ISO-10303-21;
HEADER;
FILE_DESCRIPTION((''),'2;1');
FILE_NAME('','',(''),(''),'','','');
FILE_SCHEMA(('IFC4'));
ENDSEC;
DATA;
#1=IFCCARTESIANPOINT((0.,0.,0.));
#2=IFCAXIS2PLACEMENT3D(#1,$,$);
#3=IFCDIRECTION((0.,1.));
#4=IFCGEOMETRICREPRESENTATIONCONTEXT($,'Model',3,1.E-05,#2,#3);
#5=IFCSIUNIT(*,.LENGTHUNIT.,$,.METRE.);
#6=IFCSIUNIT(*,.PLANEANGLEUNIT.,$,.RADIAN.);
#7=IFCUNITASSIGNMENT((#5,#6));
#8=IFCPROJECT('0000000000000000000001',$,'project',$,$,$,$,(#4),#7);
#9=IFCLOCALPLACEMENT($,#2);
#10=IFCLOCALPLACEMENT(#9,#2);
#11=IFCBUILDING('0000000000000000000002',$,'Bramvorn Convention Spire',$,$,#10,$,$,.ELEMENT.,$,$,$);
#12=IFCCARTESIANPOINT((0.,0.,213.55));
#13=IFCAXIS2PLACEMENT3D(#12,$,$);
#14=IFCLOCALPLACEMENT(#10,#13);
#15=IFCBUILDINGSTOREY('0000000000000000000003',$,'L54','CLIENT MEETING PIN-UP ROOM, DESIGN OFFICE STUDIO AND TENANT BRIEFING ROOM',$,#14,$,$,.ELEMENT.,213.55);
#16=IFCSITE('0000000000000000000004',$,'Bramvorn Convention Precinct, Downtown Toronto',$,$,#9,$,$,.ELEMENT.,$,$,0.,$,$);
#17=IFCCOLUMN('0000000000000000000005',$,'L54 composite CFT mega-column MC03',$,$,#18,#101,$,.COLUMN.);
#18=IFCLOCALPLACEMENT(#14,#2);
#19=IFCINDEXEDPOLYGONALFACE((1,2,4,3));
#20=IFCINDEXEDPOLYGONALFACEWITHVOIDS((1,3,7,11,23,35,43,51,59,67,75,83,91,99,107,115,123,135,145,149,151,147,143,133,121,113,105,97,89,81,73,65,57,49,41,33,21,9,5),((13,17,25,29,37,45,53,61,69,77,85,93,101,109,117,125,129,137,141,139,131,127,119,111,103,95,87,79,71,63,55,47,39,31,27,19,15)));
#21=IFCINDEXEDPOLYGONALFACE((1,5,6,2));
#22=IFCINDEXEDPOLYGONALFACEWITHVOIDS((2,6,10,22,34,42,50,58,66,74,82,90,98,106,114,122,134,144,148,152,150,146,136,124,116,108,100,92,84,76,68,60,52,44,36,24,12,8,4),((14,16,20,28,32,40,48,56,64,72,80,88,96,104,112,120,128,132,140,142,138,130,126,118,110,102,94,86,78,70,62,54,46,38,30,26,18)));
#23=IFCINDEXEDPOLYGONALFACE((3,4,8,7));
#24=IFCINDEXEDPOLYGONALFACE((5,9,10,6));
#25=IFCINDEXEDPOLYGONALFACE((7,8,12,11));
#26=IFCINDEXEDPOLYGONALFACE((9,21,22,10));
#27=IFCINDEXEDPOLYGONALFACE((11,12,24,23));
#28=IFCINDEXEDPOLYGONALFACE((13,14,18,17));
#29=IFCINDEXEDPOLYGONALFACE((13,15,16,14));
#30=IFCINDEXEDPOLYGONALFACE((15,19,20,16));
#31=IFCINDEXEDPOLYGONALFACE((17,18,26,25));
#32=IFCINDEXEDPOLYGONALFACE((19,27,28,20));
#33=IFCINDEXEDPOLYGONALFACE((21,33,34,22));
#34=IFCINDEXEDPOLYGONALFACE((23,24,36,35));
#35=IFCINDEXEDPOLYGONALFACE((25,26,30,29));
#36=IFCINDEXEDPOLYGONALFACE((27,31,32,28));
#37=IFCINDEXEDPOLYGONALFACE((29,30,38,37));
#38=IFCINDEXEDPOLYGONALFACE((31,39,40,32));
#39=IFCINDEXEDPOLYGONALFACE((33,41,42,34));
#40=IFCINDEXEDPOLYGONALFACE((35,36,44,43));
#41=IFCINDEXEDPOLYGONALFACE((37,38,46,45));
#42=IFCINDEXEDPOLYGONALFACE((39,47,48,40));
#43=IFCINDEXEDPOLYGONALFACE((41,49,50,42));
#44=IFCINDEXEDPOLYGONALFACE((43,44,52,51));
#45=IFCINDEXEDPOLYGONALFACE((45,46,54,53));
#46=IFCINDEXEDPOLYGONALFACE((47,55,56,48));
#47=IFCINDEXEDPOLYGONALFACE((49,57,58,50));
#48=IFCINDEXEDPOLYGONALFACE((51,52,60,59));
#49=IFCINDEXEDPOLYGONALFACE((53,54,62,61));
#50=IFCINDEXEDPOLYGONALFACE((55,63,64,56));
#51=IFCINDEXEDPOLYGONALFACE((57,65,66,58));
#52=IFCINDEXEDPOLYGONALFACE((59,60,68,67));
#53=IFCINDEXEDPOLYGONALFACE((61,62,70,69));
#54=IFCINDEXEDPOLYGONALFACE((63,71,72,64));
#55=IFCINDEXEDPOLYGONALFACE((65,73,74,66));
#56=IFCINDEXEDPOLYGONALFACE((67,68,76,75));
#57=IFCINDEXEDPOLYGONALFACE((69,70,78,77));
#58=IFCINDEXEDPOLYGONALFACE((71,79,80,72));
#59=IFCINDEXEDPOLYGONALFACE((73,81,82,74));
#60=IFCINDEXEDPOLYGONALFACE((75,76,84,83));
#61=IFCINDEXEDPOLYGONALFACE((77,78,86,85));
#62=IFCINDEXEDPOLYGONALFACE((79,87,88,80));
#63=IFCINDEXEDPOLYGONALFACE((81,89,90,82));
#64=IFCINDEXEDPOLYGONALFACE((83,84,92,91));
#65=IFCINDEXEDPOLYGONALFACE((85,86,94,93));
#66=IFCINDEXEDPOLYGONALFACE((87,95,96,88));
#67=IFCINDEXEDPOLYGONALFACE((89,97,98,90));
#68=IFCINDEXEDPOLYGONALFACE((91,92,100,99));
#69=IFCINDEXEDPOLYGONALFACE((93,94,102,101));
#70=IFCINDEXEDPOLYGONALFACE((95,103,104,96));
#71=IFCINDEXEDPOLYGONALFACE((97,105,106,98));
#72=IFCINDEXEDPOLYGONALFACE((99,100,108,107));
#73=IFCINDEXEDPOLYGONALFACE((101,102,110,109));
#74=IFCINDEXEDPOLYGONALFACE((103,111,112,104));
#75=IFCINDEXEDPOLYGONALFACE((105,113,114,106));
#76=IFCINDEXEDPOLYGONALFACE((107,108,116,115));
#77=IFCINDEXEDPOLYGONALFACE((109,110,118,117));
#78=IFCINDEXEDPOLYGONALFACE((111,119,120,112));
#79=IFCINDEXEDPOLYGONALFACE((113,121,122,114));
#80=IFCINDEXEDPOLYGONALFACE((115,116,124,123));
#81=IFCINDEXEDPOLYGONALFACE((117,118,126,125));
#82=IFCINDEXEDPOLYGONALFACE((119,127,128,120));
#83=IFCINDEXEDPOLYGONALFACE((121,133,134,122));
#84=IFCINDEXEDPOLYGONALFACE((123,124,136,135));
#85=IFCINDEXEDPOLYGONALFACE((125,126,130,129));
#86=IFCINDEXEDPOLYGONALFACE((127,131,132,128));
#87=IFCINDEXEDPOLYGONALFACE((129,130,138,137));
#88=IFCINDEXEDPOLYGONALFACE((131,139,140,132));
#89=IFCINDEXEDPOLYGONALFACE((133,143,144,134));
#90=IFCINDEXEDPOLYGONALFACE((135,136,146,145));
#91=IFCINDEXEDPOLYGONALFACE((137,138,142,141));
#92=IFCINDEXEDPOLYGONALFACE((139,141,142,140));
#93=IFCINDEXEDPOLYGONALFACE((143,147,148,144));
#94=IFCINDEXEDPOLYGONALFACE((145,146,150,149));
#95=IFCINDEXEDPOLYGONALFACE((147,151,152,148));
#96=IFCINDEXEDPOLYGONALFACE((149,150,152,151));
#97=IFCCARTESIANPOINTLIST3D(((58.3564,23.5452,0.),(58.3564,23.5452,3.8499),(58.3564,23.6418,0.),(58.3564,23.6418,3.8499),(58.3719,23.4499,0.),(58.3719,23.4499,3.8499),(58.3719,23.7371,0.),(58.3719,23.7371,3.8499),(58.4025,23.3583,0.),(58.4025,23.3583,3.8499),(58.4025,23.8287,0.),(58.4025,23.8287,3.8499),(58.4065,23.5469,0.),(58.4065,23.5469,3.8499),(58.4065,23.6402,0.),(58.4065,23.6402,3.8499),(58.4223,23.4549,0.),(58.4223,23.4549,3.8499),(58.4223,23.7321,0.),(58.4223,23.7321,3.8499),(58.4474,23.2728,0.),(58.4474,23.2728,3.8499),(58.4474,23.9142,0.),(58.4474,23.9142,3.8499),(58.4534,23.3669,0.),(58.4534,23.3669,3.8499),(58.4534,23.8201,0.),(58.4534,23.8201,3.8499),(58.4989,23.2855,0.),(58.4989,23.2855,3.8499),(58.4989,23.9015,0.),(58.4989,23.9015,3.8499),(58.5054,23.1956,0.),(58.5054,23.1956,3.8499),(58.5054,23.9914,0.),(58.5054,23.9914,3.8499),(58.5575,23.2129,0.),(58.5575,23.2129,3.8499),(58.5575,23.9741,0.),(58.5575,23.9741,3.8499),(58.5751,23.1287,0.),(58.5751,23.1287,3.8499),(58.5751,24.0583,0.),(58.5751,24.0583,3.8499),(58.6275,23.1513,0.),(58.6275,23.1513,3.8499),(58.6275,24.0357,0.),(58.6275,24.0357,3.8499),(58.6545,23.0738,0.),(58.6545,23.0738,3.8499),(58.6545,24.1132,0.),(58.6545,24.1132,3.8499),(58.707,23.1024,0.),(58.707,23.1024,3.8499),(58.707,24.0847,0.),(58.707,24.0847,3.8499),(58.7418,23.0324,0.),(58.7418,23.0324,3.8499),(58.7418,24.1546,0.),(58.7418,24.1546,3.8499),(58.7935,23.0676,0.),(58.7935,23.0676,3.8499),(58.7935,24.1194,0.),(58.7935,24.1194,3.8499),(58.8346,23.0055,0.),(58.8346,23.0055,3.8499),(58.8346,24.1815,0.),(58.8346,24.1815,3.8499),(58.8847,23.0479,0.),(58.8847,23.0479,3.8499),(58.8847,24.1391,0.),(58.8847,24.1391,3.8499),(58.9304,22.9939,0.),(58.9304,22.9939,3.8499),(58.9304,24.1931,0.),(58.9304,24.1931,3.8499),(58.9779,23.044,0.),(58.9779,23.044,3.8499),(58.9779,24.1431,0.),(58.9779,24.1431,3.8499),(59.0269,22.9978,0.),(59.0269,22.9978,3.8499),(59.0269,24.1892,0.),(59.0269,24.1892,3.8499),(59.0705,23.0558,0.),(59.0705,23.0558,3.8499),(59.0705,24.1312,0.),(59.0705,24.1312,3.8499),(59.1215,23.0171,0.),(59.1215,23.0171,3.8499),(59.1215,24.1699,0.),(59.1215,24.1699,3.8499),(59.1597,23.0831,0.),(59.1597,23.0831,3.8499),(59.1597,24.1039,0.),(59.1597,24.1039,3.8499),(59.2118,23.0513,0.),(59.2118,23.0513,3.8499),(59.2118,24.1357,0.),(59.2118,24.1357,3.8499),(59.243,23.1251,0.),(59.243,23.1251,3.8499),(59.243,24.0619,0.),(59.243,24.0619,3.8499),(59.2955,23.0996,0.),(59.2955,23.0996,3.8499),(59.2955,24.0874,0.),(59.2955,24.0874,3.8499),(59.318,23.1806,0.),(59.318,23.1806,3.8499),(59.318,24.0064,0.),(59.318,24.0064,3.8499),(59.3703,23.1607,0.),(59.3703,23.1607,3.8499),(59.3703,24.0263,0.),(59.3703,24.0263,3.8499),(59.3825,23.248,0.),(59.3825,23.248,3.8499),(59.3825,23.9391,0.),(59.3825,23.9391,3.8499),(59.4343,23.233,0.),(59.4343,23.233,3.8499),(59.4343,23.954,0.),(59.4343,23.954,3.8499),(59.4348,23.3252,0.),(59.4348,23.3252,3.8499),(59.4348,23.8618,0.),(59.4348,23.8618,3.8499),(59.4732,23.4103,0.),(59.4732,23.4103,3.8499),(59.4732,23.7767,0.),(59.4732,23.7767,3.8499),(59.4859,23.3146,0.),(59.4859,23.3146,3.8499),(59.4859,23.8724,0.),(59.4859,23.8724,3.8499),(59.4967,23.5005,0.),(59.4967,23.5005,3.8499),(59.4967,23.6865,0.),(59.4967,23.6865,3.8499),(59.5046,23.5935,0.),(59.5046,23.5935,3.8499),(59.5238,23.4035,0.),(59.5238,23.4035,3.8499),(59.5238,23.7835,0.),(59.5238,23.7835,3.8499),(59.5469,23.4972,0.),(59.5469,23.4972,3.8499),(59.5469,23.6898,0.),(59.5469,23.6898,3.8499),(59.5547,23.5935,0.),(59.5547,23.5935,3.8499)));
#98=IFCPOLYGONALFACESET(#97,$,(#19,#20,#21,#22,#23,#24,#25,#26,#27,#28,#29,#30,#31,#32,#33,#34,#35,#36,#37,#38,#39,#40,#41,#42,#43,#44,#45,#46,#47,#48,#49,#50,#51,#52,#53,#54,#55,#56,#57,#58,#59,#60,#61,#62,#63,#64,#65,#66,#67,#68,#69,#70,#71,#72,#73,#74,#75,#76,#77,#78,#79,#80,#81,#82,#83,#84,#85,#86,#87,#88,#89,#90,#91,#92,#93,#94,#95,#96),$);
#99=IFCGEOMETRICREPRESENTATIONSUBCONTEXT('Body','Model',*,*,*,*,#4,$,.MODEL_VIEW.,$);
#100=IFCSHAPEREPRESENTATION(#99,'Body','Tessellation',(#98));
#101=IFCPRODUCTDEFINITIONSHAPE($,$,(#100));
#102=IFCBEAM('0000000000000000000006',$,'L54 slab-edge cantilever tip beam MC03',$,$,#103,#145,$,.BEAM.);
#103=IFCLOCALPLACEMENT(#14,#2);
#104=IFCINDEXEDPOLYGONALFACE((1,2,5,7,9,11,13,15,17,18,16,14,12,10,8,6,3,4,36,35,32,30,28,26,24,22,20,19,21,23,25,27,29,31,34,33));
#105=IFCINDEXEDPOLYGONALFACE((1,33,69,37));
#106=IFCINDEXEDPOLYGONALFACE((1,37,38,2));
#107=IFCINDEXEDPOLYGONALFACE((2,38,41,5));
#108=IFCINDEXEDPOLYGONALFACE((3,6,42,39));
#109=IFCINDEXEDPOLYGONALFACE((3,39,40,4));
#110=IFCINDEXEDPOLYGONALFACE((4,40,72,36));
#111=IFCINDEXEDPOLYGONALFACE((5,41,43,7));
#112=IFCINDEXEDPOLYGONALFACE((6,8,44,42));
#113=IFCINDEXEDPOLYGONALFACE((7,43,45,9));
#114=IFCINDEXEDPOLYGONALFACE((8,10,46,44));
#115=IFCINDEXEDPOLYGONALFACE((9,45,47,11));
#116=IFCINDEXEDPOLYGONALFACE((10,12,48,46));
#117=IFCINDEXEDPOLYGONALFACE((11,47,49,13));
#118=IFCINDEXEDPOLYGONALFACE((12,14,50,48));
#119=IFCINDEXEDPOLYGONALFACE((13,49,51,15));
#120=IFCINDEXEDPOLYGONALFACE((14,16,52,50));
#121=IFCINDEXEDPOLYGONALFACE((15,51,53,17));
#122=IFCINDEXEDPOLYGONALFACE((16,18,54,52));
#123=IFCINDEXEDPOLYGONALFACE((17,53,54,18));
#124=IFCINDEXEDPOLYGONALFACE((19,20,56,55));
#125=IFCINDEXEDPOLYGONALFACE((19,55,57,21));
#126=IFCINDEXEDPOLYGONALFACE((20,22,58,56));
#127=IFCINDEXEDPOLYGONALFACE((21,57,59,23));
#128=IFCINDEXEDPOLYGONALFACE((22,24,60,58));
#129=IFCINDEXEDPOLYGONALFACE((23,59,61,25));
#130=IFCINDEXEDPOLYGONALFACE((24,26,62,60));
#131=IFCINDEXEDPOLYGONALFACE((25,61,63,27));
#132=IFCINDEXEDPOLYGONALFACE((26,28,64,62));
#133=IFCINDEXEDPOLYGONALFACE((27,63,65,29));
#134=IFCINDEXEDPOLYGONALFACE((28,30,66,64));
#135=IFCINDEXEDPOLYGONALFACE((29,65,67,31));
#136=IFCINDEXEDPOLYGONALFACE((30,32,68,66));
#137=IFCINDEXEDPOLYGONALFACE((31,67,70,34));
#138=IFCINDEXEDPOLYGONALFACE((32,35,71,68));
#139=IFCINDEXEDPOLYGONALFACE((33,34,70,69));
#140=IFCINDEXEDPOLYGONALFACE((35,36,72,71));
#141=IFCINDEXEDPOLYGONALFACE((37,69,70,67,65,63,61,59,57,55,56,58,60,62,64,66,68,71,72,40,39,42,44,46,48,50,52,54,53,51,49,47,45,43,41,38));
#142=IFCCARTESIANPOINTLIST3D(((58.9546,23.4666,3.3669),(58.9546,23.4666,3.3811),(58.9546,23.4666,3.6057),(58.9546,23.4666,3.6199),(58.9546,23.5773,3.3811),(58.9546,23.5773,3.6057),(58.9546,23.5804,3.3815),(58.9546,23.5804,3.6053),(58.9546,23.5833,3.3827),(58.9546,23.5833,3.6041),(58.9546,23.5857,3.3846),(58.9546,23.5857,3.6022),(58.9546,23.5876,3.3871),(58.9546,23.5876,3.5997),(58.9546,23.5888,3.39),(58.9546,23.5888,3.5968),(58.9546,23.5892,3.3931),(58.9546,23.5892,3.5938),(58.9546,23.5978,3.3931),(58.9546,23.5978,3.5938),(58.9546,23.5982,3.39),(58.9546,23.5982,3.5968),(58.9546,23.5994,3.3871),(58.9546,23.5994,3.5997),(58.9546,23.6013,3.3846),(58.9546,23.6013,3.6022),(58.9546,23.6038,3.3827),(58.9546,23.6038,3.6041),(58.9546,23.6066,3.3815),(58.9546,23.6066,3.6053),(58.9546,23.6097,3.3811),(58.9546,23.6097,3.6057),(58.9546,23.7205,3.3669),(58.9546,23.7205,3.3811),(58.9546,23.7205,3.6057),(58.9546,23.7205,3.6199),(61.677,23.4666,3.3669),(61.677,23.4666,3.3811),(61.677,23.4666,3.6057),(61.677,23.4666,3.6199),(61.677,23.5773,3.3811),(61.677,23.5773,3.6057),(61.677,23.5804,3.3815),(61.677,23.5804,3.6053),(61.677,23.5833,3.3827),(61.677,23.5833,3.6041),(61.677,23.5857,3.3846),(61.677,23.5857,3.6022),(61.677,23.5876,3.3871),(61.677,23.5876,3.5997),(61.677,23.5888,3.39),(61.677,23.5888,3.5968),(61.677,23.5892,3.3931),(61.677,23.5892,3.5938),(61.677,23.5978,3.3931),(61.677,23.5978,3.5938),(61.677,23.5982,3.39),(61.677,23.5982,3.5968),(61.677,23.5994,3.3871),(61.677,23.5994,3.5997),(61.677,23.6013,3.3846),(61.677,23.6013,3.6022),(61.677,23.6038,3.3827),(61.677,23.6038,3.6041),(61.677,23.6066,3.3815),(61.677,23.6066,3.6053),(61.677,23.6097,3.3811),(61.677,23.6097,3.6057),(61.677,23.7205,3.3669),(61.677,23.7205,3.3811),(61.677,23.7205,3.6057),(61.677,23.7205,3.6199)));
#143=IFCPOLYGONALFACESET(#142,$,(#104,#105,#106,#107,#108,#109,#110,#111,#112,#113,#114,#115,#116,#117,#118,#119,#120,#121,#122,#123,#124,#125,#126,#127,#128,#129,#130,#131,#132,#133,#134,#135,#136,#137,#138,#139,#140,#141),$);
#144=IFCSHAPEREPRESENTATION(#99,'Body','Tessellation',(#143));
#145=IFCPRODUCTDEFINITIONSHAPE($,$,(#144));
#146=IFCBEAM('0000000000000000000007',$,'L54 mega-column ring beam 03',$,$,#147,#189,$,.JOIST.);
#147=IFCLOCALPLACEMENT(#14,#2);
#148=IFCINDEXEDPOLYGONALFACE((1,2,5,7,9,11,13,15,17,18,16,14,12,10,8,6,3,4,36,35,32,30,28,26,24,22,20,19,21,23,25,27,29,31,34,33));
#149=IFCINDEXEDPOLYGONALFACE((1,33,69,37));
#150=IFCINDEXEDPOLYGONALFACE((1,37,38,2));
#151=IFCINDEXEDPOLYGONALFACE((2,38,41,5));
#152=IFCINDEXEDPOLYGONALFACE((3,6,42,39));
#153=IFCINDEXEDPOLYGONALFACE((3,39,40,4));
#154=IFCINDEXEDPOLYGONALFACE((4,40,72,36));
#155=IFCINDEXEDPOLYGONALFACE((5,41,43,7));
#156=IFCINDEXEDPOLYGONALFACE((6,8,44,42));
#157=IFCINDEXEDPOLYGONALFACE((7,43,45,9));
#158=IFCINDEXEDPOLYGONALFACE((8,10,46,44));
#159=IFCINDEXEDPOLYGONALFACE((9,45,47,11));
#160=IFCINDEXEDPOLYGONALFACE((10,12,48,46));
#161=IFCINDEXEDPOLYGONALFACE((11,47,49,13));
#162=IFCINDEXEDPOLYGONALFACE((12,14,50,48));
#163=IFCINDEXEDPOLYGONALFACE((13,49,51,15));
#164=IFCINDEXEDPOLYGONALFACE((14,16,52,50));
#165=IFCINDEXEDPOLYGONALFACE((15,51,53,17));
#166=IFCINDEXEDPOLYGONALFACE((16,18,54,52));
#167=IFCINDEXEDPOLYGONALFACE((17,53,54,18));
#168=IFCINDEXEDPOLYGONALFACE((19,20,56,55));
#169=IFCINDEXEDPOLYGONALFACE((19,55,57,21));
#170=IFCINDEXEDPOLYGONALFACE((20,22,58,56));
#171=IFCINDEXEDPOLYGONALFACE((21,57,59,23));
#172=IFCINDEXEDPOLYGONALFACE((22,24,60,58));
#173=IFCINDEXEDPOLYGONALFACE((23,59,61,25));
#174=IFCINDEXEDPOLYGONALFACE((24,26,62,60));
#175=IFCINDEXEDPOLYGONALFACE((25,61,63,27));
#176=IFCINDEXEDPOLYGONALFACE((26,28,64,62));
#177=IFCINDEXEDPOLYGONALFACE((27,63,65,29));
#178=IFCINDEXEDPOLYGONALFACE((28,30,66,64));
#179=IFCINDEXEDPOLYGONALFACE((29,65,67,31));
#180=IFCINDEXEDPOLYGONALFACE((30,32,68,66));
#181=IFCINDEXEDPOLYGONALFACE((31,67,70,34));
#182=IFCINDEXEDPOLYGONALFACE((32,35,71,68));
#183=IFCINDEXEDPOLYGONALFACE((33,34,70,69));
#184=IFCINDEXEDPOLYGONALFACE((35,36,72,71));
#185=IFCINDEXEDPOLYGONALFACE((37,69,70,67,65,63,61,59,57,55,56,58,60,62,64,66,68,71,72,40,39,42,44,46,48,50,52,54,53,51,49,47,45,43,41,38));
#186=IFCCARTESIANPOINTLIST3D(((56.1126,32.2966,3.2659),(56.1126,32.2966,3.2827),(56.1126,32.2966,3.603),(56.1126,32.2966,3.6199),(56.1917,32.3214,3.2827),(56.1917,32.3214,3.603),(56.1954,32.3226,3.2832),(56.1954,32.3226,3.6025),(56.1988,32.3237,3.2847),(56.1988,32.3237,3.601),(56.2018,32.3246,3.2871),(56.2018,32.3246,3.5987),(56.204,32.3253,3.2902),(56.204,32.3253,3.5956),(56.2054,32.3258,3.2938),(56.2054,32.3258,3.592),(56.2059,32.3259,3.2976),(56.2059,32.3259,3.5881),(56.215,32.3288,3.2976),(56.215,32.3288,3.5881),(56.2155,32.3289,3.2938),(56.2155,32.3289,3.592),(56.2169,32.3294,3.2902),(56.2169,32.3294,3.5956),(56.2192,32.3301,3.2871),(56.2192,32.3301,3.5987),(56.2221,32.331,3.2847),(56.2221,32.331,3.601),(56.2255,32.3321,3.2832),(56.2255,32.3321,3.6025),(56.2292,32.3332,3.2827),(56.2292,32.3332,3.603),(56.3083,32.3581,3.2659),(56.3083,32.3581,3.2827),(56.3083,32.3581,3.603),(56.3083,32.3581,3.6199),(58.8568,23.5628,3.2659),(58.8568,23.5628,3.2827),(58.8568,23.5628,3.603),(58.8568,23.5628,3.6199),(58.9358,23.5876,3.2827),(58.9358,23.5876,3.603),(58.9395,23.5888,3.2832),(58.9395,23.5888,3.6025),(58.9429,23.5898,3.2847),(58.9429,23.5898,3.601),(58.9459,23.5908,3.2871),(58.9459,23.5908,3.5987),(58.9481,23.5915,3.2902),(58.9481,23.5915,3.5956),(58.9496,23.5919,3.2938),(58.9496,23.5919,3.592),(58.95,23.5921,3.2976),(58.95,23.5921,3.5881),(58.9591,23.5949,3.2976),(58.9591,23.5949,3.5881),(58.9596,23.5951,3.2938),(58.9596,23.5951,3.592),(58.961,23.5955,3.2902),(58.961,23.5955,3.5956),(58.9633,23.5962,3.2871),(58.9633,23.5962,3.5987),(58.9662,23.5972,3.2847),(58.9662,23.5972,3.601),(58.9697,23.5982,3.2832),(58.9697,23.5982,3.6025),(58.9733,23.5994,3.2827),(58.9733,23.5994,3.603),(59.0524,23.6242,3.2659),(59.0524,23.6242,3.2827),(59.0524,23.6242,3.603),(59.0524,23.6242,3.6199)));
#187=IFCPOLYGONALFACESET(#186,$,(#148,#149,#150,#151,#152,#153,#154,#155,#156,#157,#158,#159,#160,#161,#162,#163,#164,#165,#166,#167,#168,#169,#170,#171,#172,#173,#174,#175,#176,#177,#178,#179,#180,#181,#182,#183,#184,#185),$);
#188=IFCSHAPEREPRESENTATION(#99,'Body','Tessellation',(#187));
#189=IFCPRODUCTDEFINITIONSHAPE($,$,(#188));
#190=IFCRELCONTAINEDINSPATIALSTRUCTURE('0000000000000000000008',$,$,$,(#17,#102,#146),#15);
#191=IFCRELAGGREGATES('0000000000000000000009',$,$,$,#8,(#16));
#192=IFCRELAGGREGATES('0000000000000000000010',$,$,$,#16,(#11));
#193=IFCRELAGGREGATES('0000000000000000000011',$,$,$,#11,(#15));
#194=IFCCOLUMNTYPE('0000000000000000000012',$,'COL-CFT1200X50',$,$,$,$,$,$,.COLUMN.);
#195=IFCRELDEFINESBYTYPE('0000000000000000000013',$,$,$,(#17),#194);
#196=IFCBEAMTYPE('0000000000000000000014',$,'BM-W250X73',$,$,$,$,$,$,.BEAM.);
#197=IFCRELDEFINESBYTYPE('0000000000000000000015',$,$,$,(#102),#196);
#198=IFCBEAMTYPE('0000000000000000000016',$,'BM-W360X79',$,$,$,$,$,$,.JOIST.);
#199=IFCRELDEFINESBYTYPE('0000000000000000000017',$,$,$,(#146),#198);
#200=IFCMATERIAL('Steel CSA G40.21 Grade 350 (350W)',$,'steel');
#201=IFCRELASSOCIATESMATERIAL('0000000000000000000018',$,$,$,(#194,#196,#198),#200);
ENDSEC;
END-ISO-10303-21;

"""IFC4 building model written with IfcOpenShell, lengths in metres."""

from ifc_helpers import new_model, si_unit, direction, frame, origin, origin_2d, place, context, subcontext, project, spatial, hollow_circle, i_section, extrude, material, material_profile, profile_set, type_object, element, save


model = new_model("IFC4")

# Units and contexts
model_context = context("Model", 3, precision=1e-05, world=origin(), true_north=direction((0.0, 1.0)))
body_context = subcontext(model_context, "Body", "Model", "MODEL_VIEW")
ifc_project = project(units=[si_unit("LENGTHUNIT", "METRE"), si_unit("PLANEANGLEUNIT", "RADIAN")], contexts=[model_context])

# Site, building, storey
site_placement = place(None, origin())
site = spatial("IfcSite", under=ifc_project, at=site_placement, Name="Bramvorn Convention Precinct, Downtown Toronto", CompositionType="ELEMENT", RefElevation=0.0)
building_placement = place(site_placement, origin())
building = spatial("IfcBuilding", under=site, at=building_placement, Name="Bramvorn Convention Spire", CompositionType="ELEMENT")
storey_placement = place(building_placement, frame((0.0, 0.0, 213.55)))
storey = spatial("IfcBuildingStorey", under=building, at=storey_placement, Name="L54", Description="CLIENT MEETING PIN-UP ROOM, DESIGN OFFICE STUDIO AND TENANT BRIEFING ROOM", CompositionType="ELEMENT", Elevation=213.55)

# Column
ifc_material_1 = material(Name="Steel CSA G40.21 Grade 350 (350W)", Category="steel")
ifc_material_profile_1 = material_profile(ifc_material_1, hollow_circle(Radius=0.6001, WallThickness=0.05, at=origin_2d()))
ifc_profile_set_1 = profile_set([ifc_material_profile_1], Name="Steel CSA G40.21 Grade 350 (350W) - CFT1200X50")
column_type = type_object("IfcColumnType", Name="COL-CFT1200X50", PredefinedType="COLUMN", material=ifc_profile_set_1)
column_placement = place(storey_placement, frame((58.9546, 23.5935, 0.0), z_axis=(0.0, 0.0, 1.0), x_axis=(1.0, 0.0, 0.0)))
element("IfcColumn", 1, at=column_placement, inside=storey, type_object=column_type, Name="L54 composite CFT mega-column MC03", PredefinedType="COLUMN", context=body_context, shape_type="SweptSolid", body=[
    extrude(hollow_circle(Radius=0.6001, WallThickness=0.05, at=origin_2d()), origin(), (0.0, 0.0, 1.0), 3.8499),
])

# Beams
ifc_material_profile_2 = material_profile(ifc_material_1, i_section(OverallWidth=0.2539, OverallDepth=0.2529, WebThickness=0.0085, FlangeThickness=0.0142, FilletRadius=0.012, at=origin_2d()))
ifc_profile_set_2 = profile_set([ifc_material_profile_2], Name="Steel CSA G40.21 Grade 350 (350W) - W250X73")
beam_type_1 = type_object("IfcBeamType", Name="BM-W250X73", PredefinedType="BEAM", material=ifc_profile_set_2)
beam_1_placement = place(storey_placement, frame((58.9546, 23.5935, 3.4934), z_axis=(1.0, 0.0, 0.0), x_axis=(0.0, 1.0, 0.0)))
element("IfcBeam", 2, at=beam_1_placement, inside=storey, type_object=beam_type_1, Name="L54 slab-edge cantilever tip beam MC03", PredefinedType="BEAM", context=body_context, shape_type="SweptSolid", body=[
    extrude(i_section(OverallWidth=0.2539, OverallDepth=0.2529, WebThickness=0.0085, FlangeThickness=0.0142, FilletRadius=0.012, at=origin_2d()), origin(), (0.0, 0.0, 1.0), 2.7224),
])
ifc_material_profile_3 = material_profile(ifc_material_1, i_section(OverallWidth=0.2051, OverallDepth=0.354, WebThickness=0.0095, FlangeThickness=0.0168, FilletRadius=0.0149, at=origin_2d()))
ifc_profile_set_3 = profile_set([ifc_material_profile_3], Name="Steel CSA G40.21 Grade 350 (350W) - W360X79")
beam_type_2 = type_object("IfcBeamType", Name="BM-W360X79", PredefinedType="JOIST", material=ifc_profile_set_3)
beam_2_placement = place(storey_placement, frame((58.9546, 23.5935, 3.4429), z_axis=(-0.299748, 0.954019, 0.0), x_axis=(-0.954019, -0.299748, 0.0)))
element("IfcBeam", 3, at=beam_2_placement, inside=storey, type_object=beam_type_2, Name="L54 mega-column ring beam 03", PredefinedType="JOIST", context=body_context, shape_type="SweptSolid", body=[
    extrude(i_section(OverallWidth=0.2051, OverallDepth=0.354, WebThickness=0.0095, FlangeThickness=0.0168, FilletRadius=0.0149, at=origin_2d()), origin(), (0.0, 0.0, 1.0), 9.1548),
])

save(model, "model.ifc")
